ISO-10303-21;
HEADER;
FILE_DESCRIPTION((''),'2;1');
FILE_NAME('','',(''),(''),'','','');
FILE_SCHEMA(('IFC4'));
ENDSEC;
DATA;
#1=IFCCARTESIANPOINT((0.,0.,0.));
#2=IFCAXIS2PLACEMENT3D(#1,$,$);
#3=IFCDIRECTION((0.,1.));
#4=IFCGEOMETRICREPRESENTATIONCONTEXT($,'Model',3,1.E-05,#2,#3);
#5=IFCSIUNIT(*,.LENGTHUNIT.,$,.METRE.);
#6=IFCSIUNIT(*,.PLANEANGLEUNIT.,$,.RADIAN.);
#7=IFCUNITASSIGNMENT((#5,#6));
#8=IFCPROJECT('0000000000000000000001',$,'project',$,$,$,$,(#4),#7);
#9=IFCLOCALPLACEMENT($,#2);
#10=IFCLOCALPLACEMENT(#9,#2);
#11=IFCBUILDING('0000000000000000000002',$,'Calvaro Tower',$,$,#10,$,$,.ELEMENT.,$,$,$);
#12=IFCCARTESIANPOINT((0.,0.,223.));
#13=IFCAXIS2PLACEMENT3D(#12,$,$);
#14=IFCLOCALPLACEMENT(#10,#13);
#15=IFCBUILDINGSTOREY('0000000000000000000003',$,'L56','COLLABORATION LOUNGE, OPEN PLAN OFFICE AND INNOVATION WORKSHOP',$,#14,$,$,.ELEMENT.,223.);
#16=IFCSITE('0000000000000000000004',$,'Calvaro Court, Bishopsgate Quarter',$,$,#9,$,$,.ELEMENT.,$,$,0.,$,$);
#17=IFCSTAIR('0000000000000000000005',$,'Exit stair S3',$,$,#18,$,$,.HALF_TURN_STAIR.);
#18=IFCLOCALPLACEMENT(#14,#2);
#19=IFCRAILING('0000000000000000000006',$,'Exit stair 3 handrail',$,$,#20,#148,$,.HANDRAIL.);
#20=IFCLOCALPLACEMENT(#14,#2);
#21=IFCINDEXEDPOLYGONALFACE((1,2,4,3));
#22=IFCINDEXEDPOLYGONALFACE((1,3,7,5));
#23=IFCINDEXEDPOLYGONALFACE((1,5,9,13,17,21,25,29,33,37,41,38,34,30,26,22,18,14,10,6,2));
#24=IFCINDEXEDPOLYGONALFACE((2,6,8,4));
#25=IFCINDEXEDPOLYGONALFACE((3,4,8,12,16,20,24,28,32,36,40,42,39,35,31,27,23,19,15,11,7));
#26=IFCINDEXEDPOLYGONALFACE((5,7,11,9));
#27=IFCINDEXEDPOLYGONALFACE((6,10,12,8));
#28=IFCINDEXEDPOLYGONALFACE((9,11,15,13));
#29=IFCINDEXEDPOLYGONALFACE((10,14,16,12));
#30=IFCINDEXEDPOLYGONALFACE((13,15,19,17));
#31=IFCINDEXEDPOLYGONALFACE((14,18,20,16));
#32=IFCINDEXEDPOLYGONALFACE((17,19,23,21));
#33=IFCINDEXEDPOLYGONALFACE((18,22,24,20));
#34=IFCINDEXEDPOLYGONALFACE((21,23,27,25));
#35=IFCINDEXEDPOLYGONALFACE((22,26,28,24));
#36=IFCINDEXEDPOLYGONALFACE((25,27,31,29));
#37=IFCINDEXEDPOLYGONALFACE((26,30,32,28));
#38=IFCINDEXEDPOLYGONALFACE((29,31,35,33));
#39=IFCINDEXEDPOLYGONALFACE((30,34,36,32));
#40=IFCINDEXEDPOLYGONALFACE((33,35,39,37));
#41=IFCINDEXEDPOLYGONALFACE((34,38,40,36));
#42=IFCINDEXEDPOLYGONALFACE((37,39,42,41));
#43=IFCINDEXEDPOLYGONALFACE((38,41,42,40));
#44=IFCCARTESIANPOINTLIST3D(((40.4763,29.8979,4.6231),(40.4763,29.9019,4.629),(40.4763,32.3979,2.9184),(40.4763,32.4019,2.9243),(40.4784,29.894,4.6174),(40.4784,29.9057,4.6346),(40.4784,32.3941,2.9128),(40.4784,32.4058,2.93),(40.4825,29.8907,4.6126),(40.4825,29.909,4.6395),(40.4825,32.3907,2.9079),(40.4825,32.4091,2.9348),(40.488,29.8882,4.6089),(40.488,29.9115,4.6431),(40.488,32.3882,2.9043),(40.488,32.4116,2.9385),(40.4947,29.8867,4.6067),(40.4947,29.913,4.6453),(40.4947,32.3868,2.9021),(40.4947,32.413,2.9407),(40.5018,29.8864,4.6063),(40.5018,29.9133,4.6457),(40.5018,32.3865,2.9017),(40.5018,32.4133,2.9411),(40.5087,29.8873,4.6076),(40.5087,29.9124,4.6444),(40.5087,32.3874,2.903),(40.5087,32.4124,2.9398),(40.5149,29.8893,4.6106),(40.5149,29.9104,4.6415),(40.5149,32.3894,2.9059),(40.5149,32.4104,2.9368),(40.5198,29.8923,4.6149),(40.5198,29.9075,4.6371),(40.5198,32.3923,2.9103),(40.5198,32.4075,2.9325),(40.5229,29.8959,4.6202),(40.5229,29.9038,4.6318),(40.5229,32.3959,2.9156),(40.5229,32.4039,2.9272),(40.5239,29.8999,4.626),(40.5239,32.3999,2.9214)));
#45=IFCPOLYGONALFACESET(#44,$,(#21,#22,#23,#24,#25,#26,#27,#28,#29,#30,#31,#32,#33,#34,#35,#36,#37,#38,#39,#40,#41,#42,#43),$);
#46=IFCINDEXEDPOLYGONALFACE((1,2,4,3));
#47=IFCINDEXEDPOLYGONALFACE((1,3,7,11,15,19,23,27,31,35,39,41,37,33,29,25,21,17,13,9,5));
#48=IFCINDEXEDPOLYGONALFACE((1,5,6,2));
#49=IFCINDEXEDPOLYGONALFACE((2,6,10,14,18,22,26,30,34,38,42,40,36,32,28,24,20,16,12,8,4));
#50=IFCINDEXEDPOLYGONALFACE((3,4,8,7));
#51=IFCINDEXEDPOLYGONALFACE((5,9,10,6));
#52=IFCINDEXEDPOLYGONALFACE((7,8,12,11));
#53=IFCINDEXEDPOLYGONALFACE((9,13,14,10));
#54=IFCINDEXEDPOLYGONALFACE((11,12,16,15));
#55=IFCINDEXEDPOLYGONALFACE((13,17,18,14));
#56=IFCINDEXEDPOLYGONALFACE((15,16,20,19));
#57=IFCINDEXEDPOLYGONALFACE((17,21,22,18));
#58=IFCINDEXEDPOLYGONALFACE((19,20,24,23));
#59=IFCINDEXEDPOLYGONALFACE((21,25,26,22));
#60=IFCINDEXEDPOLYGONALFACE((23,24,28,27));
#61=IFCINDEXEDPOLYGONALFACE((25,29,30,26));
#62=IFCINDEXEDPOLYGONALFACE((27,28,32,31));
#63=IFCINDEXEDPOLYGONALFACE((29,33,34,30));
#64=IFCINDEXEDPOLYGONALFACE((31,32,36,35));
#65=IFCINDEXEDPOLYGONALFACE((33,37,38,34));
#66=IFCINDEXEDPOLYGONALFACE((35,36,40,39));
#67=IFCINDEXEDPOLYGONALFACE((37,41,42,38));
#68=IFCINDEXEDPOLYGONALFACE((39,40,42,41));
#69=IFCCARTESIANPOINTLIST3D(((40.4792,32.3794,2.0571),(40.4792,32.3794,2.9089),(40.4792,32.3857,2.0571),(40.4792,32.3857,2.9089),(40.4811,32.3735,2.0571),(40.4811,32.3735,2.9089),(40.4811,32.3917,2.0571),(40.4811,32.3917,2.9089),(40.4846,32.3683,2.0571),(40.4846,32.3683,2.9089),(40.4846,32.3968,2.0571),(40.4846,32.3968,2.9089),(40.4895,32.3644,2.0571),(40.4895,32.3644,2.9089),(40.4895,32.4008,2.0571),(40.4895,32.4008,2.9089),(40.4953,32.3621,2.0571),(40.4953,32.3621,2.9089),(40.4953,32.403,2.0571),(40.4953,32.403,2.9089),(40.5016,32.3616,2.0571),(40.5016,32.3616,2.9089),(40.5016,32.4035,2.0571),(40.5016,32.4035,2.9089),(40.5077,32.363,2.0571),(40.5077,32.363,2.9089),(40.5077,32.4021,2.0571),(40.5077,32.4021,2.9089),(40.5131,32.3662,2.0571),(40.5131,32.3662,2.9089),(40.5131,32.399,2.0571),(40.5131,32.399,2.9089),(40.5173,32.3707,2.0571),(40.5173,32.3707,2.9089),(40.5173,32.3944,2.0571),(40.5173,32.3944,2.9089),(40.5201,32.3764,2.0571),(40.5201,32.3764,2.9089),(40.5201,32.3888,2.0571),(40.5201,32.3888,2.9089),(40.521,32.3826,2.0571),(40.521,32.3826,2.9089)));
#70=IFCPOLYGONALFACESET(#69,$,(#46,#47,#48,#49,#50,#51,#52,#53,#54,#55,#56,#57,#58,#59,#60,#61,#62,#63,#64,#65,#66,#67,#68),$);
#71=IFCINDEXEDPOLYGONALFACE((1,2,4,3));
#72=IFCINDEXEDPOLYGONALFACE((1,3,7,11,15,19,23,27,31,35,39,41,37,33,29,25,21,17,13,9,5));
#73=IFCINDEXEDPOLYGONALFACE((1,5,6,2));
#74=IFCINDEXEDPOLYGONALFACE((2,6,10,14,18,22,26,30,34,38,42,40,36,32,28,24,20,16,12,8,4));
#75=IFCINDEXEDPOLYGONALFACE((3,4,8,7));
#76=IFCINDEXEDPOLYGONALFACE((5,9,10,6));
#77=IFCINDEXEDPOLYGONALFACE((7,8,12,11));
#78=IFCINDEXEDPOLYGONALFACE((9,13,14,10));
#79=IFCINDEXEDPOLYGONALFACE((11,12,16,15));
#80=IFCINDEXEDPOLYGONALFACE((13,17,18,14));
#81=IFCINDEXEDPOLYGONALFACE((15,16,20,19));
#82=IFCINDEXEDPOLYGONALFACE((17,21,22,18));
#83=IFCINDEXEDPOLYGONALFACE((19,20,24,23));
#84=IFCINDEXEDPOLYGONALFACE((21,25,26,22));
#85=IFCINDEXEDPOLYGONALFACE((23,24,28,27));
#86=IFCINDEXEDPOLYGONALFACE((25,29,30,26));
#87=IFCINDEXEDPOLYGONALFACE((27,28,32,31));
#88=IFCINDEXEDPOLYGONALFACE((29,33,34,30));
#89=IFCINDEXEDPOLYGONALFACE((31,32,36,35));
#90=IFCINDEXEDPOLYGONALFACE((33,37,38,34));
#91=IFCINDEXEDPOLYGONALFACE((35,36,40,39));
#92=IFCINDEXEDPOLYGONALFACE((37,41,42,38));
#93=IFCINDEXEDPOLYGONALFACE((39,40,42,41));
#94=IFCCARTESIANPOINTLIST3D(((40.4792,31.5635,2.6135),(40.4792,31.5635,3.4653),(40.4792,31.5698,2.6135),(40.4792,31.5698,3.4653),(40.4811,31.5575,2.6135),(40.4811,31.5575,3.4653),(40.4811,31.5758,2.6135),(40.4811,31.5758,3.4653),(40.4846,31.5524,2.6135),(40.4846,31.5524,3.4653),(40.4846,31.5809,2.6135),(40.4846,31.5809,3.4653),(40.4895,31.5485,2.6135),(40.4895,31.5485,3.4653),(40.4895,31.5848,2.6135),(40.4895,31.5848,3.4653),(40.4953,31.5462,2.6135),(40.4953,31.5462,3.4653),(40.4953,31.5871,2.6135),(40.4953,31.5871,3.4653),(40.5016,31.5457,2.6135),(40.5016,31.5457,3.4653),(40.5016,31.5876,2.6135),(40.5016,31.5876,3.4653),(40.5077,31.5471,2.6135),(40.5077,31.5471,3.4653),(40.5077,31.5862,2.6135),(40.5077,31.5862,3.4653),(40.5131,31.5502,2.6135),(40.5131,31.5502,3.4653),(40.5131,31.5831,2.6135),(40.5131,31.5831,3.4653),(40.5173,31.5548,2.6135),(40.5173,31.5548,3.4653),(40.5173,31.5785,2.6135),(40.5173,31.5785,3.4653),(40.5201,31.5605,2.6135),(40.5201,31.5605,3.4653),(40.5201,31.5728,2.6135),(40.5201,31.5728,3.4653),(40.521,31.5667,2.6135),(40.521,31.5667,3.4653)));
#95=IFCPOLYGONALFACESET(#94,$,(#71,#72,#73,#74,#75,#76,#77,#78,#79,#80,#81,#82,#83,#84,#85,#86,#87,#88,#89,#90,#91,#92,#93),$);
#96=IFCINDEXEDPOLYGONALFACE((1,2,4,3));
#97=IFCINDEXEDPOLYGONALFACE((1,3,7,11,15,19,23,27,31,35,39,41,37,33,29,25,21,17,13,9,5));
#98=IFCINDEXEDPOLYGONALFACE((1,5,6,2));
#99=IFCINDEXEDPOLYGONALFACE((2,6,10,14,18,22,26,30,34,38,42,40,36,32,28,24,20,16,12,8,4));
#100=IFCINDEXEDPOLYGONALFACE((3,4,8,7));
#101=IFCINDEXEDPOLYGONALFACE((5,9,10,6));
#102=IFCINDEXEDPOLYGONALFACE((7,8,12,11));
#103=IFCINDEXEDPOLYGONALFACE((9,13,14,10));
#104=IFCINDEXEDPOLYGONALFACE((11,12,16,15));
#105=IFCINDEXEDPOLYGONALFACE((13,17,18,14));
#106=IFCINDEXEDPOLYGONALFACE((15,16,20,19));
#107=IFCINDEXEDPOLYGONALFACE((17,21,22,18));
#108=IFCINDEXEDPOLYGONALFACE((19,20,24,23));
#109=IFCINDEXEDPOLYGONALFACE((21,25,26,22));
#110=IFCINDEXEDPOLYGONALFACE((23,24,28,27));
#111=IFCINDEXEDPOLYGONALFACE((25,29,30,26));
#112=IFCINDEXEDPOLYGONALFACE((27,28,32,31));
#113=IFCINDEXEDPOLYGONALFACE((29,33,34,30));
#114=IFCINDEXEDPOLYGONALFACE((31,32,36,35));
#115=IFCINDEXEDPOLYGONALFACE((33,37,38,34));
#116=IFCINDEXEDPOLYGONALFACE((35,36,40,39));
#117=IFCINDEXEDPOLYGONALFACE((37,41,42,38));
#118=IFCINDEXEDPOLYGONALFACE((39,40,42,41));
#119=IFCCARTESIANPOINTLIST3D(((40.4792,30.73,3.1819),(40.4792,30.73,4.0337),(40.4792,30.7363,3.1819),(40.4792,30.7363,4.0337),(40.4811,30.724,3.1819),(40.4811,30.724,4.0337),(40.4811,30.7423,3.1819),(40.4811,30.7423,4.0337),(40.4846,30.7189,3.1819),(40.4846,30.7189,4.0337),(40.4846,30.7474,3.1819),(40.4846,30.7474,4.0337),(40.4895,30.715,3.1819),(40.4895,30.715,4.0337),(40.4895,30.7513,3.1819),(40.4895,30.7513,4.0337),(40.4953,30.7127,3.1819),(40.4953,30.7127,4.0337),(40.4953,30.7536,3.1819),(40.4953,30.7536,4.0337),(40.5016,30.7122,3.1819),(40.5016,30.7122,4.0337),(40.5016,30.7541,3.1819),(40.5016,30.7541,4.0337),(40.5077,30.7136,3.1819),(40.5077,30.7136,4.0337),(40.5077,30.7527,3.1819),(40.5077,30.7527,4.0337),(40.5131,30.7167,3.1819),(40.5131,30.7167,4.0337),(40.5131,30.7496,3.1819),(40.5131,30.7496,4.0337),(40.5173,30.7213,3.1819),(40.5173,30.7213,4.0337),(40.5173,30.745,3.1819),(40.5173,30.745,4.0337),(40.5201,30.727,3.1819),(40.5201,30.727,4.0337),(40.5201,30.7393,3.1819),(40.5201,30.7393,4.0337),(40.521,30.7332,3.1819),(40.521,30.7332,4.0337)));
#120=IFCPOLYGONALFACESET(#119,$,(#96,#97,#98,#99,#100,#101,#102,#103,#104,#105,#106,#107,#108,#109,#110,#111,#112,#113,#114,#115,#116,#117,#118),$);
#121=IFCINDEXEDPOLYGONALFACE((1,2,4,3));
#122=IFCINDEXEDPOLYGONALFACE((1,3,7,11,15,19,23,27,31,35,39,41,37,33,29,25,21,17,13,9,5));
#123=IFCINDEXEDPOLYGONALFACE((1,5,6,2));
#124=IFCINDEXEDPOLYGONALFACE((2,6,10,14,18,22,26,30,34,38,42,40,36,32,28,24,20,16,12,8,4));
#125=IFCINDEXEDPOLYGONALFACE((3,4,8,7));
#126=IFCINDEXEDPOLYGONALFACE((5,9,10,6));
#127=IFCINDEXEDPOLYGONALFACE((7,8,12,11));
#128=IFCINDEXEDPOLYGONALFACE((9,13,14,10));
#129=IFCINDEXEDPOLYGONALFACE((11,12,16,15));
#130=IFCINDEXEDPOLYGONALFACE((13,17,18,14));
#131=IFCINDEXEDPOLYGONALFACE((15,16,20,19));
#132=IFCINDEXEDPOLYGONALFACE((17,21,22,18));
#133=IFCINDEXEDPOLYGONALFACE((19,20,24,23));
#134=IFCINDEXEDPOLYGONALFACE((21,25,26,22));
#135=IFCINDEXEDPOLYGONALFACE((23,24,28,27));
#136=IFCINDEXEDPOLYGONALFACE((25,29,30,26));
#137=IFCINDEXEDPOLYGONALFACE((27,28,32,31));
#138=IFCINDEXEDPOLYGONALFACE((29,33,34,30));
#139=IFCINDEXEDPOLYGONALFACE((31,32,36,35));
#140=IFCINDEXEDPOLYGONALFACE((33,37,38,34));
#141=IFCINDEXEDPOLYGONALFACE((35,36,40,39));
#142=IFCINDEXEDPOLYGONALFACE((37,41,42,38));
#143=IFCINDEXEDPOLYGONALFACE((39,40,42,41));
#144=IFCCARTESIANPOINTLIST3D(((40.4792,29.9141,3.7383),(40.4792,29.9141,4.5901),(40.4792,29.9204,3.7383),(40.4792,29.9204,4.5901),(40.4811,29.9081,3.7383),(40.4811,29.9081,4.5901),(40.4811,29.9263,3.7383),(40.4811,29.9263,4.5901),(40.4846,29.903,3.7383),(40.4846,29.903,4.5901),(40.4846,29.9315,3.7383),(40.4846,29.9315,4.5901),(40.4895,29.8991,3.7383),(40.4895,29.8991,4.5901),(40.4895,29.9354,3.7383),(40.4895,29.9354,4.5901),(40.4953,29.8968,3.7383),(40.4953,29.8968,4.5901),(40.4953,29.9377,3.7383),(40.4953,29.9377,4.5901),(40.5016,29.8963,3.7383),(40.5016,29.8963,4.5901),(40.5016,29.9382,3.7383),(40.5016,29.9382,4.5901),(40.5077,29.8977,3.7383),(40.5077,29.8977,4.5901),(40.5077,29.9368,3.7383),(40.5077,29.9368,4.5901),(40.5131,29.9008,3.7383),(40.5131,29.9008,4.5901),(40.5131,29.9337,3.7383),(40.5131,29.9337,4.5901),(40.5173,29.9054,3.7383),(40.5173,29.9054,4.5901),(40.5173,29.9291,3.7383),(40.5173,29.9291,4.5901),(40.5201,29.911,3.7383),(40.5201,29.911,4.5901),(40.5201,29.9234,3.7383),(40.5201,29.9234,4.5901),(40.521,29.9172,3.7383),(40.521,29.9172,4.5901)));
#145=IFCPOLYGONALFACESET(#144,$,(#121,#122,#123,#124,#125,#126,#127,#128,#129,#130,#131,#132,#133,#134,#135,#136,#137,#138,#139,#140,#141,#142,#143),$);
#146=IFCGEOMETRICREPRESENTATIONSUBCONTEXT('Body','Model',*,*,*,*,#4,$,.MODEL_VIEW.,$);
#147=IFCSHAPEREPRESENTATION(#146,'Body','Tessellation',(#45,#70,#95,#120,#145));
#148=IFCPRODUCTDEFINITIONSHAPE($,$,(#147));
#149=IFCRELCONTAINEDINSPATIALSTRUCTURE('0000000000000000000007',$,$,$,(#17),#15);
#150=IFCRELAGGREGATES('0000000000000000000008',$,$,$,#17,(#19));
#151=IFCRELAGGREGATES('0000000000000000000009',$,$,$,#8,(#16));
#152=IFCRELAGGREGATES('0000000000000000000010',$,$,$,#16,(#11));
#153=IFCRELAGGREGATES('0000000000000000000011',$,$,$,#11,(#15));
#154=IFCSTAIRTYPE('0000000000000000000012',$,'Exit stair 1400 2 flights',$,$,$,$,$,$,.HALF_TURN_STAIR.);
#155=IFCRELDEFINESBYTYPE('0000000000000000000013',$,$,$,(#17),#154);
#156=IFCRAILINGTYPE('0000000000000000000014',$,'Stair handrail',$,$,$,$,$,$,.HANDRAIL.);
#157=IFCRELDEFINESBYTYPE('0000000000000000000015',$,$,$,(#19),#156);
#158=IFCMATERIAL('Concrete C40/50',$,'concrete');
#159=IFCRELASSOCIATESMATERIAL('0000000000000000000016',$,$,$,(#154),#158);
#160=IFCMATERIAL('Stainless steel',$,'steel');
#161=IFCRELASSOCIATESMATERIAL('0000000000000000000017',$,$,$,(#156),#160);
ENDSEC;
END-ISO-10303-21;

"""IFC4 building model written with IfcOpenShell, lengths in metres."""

from ifc_helpers import new_model, si_unit, direction, frame, origin, origin_2d, place, context, subcontext, project, spatial, circle, extrude, material, type_object, element, aggregate, save


model = new_model("IFC4")

# Units and contexts
model_context = context("Model", 3, precision=1e-05, world=origin(), true_north=direction((0.0, 1.0)))
body_context = subcontext(model_context, "Body", "Model", "MODEL_VIEW")
ifc_project = project(units=[si_unit("LENGTHUNIT", "METRE"), si_unit("PLANEANGLEUNIT", "RADIAN")], contexts=[model_context])

# Site, building, storey
site_placement = place(None, origin())
site = spatial("IfcSite", under=ifc_project, at=site_placement, Name="Calvaro Court, Bishopsgate Quarter", CompositionType="ELEMENT", RefElevation=0.0)
building_placement = place(site_placement, origin())
building = spatial("IfcBuilding", under=site, at=building_placement, Name="Calvaro Tower", CompositionType="ELEMENT")
storey_placement = place(building_placement, frame((0.0, 0.0, 223.0)))
storey = spatial("IfcBuildingStorey", under=building, at=storey_placement, Name="L56", Description="COLLABORATION LOUNGE, OPEN PLAN OFFICE AND INNOVATION WORKSHOP", CompositionType="ELEMENT", Elevation=223.0)

# Stair
ifc_material_1 = material(Name="Concrete C40/50", Category="concrete")
stair_type = type_object("IfcStairType", Name="Exit stair 1400 2 flights", PredefinedType="HALF_TURN_STAIR", material=ifc_material_1)
stair_1_placement = place(storey_placement, origin())
stair_1 = element("IfcStair", 1, at=stair_1_placement, inside=storey, type_object=stair_type, Name="Exit stair S3", PredefinedType="HALF_TURN_STAIR")

# Railing
ifc_material_2 = material(Name="Stainless steel", Category="steel")
railing_type = type_object("IfcRailingType", Name="Stair handrail", PredefinedType="HANDRAIL", material=ifc_material_2)
railing_1_placement = place(storey_placement, frame((40.5, 32.3999, 2.0454)))
railing_1 = element("IfcRailing", 2, at=railing_1_placement, type_object=railing_type, Name="Exit stair 3 handrail", PredefinedType="HANDRAIL", context=body_context, shape_type="SweptSolid", body=[
    extrude(circle(Radius=0.0239, at=origin_2d()), frame((0.0, 0.0, 0.876), z_axis=(0.0, -0.826221, 0.563347), x_axis=(1.0, 0.0, 0.0)), (0.0, 0.0, 1.0), 3.0259),
    extrude(circle(Radius=0.021, at=origin_2d()), frame((0.0, -0.0173, 0.0117)), (0.0, 0.0, 1.0), 0.8518),
    extrude(circle(Radius=0.021, at=origin_2d()), frame((0.0, -0.8333, 0.5681)), (0.0, 0.0, 1.0), 0.8518),
    extrude(circle(Radius=0.021, at=origin_2d()), frame((0.0, -1.6667, 1.1365)), (0.0, 0.0, 1.0), 0.8518),
    extrude(circle(Radius=0.021, at=origin_2d()), frame((0.0, -2.4827, 1.6929)), (0.0, 0.0, 1.0), 0.8518),
])
aggregate(stair_1, [railing_1])

save(model, "model.ifc")
